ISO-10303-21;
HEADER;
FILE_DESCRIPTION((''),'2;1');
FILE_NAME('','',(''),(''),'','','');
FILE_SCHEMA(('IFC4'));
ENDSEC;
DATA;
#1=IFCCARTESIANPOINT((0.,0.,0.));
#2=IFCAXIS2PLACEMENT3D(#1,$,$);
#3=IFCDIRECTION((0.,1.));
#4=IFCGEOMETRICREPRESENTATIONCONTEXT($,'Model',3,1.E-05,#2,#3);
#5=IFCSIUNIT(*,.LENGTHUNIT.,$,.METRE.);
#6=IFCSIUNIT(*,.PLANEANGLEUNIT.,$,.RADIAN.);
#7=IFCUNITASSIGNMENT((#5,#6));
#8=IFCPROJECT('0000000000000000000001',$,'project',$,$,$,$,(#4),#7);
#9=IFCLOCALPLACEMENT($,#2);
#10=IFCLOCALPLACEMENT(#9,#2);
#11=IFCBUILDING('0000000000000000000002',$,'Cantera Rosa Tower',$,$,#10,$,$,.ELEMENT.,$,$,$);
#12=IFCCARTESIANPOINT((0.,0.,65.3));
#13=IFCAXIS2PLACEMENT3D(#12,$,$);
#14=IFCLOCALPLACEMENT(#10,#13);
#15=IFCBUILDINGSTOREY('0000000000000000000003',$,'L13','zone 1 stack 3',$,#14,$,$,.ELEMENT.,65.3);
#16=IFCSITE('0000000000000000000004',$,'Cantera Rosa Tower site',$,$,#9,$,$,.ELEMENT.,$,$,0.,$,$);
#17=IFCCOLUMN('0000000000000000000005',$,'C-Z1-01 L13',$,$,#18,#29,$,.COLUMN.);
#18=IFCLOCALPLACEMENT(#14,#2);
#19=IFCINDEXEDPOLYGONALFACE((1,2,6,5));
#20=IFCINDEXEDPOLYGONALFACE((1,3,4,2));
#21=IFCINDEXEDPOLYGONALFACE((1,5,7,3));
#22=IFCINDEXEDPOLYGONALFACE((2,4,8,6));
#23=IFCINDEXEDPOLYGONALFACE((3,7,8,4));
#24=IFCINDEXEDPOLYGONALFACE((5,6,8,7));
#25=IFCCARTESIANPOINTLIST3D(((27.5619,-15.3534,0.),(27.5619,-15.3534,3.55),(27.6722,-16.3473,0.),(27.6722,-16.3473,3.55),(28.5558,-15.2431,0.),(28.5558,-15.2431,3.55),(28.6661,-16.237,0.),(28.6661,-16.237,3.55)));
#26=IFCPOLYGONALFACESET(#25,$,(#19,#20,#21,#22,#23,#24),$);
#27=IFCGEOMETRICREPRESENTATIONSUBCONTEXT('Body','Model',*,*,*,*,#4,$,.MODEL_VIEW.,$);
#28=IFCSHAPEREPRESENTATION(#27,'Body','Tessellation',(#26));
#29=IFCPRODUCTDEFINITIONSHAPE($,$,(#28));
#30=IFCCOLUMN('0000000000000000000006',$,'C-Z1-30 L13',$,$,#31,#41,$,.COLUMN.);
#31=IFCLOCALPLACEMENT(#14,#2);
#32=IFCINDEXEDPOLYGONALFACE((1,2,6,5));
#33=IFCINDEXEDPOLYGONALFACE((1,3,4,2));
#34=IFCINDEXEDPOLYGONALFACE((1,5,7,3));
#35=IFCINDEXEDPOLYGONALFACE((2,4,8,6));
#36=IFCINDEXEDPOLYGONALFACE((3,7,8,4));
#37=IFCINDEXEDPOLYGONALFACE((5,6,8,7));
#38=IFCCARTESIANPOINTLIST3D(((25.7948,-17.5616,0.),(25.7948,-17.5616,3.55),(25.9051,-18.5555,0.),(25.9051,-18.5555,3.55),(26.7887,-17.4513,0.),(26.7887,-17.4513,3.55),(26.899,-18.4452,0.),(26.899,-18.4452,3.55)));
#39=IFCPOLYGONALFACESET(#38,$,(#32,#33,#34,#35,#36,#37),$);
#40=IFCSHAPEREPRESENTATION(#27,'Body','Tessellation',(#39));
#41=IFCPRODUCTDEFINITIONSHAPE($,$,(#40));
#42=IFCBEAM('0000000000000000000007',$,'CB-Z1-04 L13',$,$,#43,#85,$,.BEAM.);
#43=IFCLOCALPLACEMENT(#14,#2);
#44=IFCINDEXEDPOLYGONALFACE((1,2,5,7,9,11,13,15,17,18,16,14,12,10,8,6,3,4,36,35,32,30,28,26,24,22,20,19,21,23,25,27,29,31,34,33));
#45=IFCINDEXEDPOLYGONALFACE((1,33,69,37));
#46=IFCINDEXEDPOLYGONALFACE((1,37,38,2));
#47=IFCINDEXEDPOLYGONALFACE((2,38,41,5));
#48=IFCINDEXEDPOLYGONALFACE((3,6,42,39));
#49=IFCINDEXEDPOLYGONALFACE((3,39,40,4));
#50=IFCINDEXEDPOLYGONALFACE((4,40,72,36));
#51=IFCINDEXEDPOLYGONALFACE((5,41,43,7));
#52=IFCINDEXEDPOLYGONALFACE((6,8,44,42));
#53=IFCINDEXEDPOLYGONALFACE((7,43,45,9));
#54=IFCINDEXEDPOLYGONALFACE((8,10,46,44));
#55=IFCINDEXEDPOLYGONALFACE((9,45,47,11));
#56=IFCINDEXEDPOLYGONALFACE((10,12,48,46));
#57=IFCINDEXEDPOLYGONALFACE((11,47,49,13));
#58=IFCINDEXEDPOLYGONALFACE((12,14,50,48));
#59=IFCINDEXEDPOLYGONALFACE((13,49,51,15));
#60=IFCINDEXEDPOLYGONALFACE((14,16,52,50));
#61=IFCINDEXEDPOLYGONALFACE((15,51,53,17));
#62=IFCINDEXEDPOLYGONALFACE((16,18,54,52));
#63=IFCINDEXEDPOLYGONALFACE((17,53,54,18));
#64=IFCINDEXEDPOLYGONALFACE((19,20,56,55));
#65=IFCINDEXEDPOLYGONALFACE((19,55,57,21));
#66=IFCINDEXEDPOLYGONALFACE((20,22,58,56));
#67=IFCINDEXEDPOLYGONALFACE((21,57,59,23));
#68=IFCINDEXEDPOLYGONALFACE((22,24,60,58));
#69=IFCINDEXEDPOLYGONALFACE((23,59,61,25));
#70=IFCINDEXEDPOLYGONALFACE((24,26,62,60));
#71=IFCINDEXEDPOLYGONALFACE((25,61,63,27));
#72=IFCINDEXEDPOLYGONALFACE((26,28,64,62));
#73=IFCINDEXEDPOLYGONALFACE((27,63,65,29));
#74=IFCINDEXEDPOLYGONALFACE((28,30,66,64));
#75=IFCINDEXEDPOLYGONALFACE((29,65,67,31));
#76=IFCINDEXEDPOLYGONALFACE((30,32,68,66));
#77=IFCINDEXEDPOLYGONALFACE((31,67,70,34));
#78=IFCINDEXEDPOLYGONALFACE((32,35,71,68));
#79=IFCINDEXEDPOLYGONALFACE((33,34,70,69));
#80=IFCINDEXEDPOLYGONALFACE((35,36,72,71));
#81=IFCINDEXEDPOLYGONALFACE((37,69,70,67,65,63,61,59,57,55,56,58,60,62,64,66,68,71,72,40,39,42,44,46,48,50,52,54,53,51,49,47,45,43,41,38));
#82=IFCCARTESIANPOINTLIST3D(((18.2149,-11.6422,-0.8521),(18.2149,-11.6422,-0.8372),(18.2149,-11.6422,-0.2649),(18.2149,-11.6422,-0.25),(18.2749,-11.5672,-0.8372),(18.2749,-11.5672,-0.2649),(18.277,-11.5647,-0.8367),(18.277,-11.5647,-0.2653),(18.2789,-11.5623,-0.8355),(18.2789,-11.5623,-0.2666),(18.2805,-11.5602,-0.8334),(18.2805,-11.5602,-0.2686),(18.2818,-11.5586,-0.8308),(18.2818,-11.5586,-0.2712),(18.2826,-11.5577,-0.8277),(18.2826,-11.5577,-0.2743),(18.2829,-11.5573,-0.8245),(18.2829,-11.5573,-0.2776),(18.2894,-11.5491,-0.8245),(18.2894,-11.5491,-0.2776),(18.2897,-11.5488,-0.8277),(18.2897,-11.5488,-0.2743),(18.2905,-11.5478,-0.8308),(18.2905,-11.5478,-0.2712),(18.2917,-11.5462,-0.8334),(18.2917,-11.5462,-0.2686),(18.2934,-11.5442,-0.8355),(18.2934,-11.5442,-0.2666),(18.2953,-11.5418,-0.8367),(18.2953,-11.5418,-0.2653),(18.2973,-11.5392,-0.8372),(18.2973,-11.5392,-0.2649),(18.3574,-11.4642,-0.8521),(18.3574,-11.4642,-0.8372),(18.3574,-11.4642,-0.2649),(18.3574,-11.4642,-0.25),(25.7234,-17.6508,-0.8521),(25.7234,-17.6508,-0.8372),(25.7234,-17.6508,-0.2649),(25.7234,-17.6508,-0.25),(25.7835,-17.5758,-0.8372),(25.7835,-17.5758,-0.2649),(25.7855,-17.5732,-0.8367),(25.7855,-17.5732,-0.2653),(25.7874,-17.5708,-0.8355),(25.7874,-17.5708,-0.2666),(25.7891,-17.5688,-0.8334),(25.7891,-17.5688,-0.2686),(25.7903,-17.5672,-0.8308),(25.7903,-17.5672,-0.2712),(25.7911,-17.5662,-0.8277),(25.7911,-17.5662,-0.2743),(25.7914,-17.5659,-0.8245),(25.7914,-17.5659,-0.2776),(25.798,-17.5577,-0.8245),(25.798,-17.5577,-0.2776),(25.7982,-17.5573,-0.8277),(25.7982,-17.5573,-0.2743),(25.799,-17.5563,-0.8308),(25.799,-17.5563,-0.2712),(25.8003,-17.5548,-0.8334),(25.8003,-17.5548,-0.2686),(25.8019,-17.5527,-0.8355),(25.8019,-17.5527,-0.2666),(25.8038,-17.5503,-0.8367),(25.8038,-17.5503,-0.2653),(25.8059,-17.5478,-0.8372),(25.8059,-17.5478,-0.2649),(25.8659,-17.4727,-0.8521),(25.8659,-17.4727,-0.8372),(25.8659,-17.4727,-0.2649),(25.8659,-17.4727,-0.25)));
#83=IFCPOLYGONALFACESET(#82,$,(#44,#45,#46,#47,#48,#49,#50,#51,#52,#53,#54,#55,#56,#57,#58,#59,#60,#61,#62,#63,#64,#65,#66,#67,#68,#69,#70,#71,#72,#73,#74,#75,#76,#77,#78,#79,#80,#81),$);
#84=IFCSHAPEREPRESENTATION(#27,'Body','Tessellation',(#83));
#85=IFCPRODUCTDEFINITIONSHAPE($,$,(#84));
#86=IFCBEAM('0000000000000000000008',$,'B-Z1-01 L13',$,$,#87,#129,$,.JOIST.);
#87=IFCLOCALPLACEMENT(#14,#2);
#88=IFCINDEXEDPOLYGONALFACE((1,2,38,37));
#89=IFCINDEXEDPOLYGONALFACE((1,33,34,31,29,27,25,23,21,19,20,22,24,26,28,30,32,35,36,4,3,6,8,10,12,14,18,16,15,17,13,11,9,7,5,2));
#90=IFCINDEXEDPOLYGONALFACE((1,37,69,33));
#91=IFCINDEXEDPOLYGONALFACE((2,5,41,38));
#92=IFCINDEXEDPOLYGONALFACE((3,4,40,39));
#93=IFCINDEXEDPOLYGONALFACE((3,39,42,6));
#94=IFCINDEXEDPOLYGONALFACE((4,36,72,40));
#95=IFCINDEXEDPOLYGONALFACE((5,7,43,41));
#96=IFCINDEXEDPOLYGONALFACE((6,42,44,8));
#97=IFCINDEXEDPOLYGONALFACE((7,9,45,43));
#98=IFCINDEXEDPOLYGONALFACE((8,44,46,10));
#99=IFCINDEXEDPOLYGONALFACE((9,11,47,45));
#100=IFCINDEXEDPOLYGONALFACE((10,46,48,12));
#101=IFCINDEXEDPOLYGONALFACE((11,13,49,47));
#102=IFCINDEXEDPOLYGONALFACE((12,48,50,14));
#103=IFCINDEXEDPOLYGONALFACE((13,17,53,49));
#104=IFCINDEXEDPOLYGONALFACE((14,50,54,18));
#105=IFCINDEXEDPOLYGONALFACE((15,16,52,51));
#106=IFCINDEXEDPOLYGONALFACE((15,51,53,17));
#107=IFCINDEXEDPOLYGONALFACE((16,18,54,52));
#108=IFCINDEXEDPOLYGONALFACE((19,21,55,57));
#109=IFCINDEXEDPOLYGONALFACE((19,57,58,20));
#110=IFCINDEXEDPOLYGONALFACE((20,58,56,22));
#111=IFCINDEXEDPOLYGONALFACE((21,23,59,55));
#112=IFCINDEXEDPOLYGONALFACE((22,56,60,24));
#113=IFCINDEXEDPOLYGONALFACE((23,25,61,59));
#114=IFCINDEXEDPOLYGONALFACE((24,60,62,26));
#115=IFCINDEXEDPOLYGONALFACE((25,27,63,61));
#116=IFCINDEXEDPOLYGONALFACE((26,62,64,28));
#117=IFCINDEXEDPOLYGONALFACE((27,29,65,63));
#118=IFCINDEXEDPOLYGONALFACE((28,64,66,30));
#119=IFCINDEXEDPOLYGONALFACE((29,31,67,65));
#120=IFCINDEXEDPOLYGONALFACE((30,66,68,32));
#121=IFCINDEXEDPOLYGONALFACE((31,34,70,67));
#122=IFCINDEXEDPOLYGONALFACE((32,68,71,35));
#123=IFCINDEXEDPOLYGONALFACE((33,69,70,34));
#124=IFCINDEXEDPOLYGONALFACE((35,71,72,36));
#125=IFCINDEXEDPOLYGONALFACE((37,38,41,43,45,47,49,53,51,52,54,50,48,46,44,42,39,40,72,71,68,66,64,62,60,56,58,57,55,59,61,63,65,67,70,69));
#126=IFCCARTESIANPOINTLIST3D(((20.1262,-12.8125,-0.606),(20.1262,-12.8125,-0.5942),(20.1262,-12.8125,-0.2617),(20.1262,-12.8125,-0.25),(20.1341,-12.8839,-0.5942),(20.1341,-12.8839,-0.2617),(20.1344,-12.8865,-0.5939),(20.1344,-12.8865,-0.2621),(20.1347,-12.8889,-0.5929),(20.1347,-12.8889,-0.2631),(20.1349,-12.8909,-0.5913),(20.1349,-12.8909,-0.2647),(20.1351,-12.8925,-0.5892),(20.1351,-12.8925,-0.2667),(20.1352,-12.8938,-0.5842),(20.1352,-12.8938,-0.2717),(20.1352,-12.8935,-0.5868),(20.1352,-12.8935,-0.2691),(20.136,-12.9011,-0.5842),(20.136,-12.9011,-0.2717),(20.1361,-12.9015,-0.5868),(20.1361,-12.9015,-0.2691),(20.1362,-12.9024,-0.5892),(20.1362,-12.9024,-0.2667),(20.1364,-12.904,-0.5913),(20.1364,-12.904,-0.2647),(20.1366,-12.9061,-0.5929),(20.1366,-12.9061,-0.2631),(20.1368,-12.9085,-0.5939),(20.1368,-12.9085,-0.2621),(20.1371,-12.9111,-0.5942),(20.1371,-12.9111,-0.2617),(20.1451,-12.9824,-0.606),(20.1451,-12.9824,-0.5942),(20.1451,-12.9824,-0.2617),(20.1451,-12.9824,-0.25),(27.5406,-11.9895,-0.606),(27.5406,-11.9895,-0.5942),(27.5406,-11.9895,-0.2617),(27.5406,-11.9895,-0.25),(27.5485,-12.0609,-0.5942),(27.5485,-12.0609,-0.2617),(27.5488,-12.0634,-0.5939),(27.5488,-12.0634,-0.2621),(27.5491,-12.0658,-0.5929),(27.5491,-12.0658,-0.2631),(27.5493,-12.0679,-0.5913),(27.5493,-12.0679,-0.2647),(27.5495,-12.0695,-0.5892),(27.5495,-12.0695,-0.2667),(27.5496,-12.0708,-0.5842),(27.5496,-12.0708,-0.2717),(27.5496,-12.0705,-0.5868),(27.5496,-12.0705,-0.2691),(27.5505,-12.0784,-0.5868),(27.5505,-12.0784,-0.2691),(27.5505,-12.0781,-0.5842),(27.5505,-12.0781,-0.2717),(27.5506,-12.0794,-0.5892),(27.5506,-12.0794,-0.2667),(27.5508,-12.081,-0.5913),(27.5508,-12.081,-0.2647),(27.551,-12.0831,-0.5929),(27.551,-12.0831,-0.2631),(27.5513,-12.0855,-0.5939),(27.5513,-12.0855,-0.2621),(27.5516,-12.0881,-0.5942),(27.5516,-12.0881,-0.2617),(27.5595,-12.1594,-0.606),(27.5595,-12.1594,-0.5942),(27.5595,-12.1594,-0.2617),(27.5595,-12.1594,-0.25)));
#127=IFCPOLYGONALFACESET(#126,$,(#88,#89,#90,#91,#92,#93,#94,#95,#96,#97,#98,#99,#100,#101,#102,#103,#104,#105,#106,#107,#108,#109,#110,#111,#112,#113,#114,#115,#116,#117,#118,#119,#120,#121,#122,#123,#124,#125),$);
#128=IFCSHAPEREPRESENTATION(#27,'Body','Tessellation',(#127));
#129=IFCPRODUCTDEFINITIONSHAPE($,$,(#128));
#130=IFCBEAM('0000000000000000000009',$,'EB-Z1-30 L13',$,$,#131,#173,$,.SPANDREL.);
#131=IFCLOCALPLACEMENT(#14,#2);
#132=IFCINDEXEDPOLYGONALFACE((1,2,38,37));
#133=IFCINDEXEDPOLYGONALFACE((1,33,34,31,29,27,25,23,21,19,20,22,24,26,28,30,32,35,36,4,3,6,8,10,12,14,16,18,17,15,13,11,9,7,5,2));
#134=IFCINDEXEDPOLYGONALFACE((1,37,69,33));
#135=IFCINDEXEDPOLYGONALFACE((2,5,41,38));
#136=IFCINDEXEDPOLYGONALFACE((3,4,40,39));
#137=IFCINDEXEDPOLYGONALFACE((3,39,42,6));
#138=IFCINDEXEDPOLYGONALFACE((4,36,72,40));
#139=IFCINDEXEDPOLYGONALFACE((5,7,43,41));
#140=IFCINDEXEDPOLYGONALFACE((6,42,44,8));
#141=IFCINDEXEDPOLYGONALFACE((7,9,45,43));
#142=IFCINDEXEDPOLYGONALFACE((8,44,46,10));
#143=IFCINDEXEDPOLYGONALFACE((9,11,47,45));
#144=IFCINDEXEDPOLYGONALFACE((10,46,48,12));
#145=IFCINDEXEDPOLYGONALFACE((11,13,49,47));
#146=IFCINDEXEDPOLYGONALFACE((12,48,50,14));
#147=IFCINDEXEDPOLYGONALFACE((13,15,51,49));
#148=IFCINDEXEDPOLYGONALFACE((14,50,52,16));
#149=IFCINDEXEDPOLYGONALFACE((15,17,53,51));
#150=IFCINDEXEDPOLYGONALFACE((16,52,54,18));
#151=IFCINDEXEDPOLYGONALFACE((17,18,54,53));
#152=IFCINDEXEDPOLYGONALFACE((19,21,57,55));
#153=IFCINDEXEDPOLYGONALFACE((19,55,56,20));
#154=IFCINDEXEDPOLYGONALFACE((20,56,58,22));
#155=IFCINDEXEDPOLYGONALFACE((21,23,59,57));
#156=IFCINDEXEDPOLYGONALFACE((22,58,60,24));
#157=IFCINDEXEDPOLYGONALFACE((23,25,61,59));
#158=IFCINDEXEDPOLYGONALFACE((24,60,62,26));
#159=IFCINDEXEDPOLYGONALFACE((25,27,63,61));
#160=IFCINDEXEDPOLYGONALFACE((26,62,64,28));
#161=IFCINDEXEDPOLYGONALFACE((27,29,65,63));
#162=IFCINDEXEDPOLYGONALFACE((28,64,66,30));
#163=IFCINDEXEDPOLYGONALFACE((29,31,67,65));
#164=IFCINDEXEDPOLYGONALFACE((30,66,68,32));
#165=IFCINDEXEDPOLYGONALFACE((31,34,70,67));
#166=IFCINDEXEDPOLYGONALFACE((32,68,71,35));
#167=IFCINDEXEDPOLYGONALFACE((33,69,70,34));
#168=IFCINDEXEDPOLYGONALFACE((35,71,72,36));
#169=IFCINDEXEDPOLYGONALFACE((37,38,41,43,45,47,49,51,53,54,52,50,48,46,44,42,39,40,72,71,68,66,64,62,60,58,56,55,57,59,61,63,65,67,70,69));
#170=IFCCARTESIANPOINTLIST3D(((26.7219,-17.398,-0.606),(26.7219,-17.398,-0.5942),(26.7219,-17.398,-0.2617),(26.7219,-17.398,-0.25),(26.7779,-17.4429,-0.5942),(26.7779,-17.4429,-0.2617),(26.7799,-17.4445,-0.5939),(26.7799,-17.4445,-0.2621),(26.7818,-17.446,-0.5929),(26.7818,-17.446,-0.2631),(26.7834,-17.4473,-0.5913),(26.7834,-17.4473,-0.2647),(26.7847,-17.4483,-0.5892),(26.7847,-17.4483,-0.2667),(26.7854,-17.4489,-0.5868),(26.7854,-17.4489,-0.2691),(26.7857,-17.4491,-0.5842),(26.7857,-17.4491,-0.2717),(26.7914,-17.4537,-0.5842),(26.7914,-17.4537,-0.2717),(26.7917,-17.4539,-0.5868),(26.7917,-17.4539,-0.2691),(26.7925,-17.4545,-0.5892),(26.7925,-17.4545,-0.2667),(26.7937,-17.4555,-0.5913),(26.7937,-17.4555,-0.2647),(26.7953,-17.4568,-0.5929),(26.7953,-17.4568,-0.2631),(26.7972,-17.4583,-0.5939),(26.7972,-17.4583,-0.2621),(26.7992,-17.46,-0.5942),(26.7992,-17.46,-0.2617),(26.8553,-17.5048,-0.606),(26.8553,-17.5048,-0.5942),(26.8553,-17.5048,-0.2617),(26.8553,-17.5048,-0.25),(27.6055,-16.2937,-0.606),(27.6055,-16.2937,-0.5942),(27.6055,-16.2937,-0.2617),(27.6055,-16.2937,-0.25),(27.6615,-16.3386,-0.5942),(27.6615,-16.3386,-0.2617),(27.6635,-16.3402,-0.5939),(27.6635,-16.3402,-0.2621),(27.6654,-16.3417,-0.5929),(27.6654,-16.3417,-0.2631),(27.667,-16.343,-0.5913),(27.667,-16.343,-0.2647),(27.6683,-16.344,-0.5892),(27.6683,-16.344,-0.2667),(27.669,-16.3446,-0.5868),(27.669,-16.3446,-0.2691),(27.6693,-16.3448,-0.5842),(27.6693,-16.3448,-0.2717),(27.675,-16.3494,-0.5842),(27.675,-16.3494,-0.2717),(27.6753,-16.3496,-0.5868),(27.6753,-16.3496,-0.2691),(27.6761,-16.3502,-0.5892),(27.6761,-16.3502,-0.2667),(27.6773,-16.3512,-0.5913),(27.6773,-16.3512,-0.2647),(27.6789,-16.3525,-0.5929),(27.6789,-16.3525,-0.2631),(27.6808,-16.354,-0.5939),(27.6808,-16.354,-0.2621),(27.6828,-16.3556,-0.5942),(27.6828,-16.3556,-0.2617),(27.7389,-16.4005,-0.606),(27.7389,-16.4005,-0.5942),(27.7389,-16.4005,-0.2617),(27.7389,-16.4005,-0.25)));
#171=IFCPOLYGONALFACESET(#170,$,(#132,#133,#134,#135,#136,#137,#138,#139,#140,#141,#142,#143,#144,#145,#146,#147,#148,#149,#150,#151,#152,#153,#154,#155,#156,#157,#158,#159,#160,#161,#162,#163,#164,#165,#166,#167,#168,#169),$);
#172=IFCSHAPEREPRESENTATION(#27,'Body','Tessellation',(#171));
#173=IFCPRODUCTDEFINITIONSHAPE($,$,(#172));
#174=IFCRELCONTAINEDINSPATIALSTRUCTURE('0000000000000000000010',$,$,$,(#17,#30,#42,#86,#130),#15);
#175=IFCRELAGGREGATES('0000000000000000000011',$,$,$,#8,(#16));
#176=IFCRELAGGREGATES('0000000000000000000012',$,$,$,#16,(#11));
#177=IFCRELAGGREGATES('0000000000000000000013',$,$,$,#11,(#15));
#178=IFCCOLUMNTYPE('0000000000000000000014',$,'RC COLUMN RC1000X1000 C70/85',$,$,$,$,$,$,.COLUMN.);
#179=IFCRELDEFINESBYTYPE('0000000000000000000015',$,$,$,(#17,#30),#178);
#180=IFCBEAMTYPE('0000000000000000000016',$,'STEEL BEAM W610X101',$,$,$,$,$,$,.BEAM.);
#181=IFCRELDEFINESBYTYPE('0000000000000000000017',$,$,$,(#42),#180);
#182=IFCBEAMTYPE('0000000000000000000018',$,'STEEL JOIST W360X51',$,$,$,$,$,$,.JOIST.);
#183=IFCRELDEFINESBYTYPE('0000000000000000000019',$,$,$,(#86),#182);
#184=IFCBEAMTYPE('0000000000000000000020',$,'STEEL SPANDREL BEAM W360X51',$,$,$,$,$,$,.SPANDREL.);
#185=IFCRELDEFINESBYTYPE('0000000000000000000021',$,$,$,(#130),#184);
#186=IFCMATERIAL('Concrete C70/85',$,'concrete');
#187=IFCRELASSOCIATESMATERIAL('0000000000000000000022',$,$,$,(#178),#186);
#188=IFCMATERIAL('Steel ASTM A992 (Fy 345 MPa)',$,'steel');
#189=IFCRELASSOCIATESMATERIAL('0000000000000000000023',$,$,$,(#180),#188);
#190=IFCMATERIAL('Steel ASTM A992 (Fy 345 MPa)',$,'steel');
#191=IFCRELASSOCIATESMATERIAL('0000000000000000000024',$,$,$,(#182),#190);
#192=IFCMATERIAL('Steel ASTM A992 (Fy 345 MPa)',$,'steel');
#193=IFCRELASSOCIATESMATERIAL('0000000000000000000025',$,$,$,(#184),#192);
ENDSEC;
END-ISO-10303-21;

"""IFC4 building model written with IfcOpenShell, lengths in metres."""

from ifc_helpers import new_model, si_unit, direction, frame, origin, origin_2d, place, context, subcontext, project, spatial, rectangle, i_section, extrude, material, material_profile, profile_set, type_object, element, save


model = new_model("IFC4")

# Units and contexts
model_context = context("Model", 3, precision=1e-05, world=origin(), true_north=direction((0.0, 1.0)))
body_context = subcontext(model_context, "Body", "Model", "MODEL_VIEW")
ifc_project = project(units=[si_unit("LENGTHUNIT", "METRE"), si_unit("PLANEANGLEUNIT", "RADIAN")], contexts=[model_context])

# Site, building, storey
site_placement = place(None, origin())
site = spatial("IfcSite", under=ifc_project, at=site_placement, Name="Cantera Rosa Tower site", CompositionType="ELEMENT", RefElevation=0.0)
building_placement = place(site_placement, origin())
building = spatial("IfcBuilding", under=site, at=building_placement, Name="Cantera Rosa Tower", CompositionType="ELEMENT")
storey_placement = place(building_placement, frame((0.0, 0.0, 65.3)))
storey = spatial("IfcBuildingStorey", under=building, at=storey_placement, Name="L13", Description="zone 1 stack 3", CompositionType="ELEMENT", Elevation=65.3)

# Columns
ifc_material_1 = material(Name="Concrete C70/85", Category="concrete")
ifc_material_profile_1 = material_profile(ifc_material_1, rectangle(XDim=1.0, YDim=1.0, at=origin_2d()), Name="RC COLUMN RC1000X1000 C70/85")
ifc_profile_set_1 = profile_set([ifc_material_profile_1], Name="Concrete C70/85")
column_type = type_object("IfcColumnType", Name="RC COLUMN RC1000X1000 C70/85", PredefinedType="COLUMN", material=ifc_profile_set_1)
for number, where, z_axis, x_axis, name in (
    (1, (28.114, -15.7952, 0.0), (0.0, 0.0, 1.0), (0.993897, 0.110313, 0.0), "C-Z1-01 L13"),
    (2, (26.3469, -18.0034, 0.0), (0.0, 0.0, 1.0), (0.993897, 0.110313, 0.0), "C-Z1-30 L13"),
):
    element("IfcColumn", number, at=place(storey_placement, frame(where, z_axis=z_axis, x_axis=x_axis)), inside=storey, type_object=column_type, Name=name, PredefinedType="COLUMN", context=body_context, shape_type="SweptSolid", body=[
        extrude(rectangle(XDim=1.0, YDim=1.0, at=origin_2d()), origin(), (0.0, 0.0, 1.0), 3.55),
    ])

# Beams
ifc_material_2 = material(Name="Steel ASTM A992 (Fy 345 MPa)", Category="steel")
ifc_material_profile_2 = material_profile(ifc_material_2, i_section(OverallWidth=0.228, OverallDepth=0.6021, WebThickness=0.0105, FlangeThickness=0.0149, FilletRadius=0.0127, at=origin_2d()), Name="W610X101")
ifc_profile_set_2 = profile_set([ifc_material_profile_2], Name="Steel ASTM A992 (Fy 345 MPa)")
beam_type_1 = type_object("IfcBeamType", Name="STEEL BEAM W610X101", PredefinedType="BEAM", material=ifc_profile_set_2)
beam_1_placement = place(storey_placement, frame((25.7947, -17.5618, -0.551), z_axis=(-0.780782, 0.624803, 0.0), x_axis=(-0.624803, -0.780782, 0.0)))
element("IfcBeam", 3, at=beam_1_placement, inside=storey, type_object=beam_type_1, Name="CB-Z1-04 L13", PredefinedType="BEAM", context=body_context, shape_type="SweptSolid", body=[
    extrude(i_section(OverallWidth=0.228, OverallDepth=0.6021, WebThickness=0.0105, FlangeThickness=0.0149, FilletRadius=0.0127, at=origin_2d()), origin(), (0.0, 0.0, 1.0), 9.6167),
])
ifc_material_3 = material(Name="Steel ASTM A992 (Fy 345 MPa)", Category="steel")
ifc_material_profile_3 = material_profile(ifc_material_3, i_section(OverallWidth=0.1709, OverallDepth=0.356, WebThickness=0.0073, FlangeThickness=0.0117, FilletRadius=0.01, at=origin_2d()), Name="W360X51")
ifc_profile_set_3 = profile_set([ifc_material_profile_3], Name="Steel ASTM A992 (Fy 345 MPa)")
beam_type_2 = type_object("IfcBeamType", Name="STEEL JOIST W360X51", PredefinedType="JOIST", material=ifc_profile_set_3)
beam_2_placement = place(storey_placement, frame((27.55, -12.0745, -0.428), z_axis=(-0.993896, -0.110324, 0.0), x_axis=(0.110324, -0.993896, 0.0)))
element("IfcBeam", 4, at=beam_2_placement, inside=storey, type_object=beam_type_2, Name="B-Z1-01 L13", PredefinedType="JOIST", context=body_context, shape_type="SweptSolid", body=[
    extrude(i_section(OverallWidth=0.1709, OverallDepth=0.356, WebThickness=0.0073, FlangeThickness=0.0117, FilletRadius=0.01, at=origin_2d()), origin(), (0.0, 0.0, 1.0), 7.46),
])
ifc_material_4 = material(Name="Steel ASTM A992 (Fy 345 MPa)", Category="steel")
ifc_material_profile_4 = material_profile(ifc_material_4, i_section(OverallWidth=0.1709, OverallDepth=0.356, WebThickness=0.0073, FlangeThickness=0.0117, FilletRadius=0.01, at=origin_2d()), Name="W360X51")
ifc_profile_set_4 = profile_set([ifc_material_profile_4], Name="Steel ASTM A992 (Fy 345 MPa)")
beam_type_3 = type_object("IfcBeamType", Name="STEEL SPANDREL BEAM W360X51", PredefinedType="SPANDREL", material=ifc_profile_set_4)
beam_3_placement = place(storey_placement, frame((26.7886, -17.4514, -0.428), z_axis=(0.624758, 0.780818, 0.0), x_axis=(-0.780818, 0.624758, 0.0)))
element("IfcBeam", 5, at=beam_3_placement, inside=storey, type_object=beam_type_3, Name="EB-Z1-30 L13", PredefinedType="SPANDREL", context=body_context, shape_type="SweptSolid", body=[
    extrude(i_section(OverallWidth=0.1709, OverallDepth=0.356, WebThickness=0.0073, FlangeThickness=0.0117, FilletRadius=0.01, at=origin_2d()), origin(), (0.0, 0.0, 1.0), 1.4143),
])

save(model, "model.ifc")
